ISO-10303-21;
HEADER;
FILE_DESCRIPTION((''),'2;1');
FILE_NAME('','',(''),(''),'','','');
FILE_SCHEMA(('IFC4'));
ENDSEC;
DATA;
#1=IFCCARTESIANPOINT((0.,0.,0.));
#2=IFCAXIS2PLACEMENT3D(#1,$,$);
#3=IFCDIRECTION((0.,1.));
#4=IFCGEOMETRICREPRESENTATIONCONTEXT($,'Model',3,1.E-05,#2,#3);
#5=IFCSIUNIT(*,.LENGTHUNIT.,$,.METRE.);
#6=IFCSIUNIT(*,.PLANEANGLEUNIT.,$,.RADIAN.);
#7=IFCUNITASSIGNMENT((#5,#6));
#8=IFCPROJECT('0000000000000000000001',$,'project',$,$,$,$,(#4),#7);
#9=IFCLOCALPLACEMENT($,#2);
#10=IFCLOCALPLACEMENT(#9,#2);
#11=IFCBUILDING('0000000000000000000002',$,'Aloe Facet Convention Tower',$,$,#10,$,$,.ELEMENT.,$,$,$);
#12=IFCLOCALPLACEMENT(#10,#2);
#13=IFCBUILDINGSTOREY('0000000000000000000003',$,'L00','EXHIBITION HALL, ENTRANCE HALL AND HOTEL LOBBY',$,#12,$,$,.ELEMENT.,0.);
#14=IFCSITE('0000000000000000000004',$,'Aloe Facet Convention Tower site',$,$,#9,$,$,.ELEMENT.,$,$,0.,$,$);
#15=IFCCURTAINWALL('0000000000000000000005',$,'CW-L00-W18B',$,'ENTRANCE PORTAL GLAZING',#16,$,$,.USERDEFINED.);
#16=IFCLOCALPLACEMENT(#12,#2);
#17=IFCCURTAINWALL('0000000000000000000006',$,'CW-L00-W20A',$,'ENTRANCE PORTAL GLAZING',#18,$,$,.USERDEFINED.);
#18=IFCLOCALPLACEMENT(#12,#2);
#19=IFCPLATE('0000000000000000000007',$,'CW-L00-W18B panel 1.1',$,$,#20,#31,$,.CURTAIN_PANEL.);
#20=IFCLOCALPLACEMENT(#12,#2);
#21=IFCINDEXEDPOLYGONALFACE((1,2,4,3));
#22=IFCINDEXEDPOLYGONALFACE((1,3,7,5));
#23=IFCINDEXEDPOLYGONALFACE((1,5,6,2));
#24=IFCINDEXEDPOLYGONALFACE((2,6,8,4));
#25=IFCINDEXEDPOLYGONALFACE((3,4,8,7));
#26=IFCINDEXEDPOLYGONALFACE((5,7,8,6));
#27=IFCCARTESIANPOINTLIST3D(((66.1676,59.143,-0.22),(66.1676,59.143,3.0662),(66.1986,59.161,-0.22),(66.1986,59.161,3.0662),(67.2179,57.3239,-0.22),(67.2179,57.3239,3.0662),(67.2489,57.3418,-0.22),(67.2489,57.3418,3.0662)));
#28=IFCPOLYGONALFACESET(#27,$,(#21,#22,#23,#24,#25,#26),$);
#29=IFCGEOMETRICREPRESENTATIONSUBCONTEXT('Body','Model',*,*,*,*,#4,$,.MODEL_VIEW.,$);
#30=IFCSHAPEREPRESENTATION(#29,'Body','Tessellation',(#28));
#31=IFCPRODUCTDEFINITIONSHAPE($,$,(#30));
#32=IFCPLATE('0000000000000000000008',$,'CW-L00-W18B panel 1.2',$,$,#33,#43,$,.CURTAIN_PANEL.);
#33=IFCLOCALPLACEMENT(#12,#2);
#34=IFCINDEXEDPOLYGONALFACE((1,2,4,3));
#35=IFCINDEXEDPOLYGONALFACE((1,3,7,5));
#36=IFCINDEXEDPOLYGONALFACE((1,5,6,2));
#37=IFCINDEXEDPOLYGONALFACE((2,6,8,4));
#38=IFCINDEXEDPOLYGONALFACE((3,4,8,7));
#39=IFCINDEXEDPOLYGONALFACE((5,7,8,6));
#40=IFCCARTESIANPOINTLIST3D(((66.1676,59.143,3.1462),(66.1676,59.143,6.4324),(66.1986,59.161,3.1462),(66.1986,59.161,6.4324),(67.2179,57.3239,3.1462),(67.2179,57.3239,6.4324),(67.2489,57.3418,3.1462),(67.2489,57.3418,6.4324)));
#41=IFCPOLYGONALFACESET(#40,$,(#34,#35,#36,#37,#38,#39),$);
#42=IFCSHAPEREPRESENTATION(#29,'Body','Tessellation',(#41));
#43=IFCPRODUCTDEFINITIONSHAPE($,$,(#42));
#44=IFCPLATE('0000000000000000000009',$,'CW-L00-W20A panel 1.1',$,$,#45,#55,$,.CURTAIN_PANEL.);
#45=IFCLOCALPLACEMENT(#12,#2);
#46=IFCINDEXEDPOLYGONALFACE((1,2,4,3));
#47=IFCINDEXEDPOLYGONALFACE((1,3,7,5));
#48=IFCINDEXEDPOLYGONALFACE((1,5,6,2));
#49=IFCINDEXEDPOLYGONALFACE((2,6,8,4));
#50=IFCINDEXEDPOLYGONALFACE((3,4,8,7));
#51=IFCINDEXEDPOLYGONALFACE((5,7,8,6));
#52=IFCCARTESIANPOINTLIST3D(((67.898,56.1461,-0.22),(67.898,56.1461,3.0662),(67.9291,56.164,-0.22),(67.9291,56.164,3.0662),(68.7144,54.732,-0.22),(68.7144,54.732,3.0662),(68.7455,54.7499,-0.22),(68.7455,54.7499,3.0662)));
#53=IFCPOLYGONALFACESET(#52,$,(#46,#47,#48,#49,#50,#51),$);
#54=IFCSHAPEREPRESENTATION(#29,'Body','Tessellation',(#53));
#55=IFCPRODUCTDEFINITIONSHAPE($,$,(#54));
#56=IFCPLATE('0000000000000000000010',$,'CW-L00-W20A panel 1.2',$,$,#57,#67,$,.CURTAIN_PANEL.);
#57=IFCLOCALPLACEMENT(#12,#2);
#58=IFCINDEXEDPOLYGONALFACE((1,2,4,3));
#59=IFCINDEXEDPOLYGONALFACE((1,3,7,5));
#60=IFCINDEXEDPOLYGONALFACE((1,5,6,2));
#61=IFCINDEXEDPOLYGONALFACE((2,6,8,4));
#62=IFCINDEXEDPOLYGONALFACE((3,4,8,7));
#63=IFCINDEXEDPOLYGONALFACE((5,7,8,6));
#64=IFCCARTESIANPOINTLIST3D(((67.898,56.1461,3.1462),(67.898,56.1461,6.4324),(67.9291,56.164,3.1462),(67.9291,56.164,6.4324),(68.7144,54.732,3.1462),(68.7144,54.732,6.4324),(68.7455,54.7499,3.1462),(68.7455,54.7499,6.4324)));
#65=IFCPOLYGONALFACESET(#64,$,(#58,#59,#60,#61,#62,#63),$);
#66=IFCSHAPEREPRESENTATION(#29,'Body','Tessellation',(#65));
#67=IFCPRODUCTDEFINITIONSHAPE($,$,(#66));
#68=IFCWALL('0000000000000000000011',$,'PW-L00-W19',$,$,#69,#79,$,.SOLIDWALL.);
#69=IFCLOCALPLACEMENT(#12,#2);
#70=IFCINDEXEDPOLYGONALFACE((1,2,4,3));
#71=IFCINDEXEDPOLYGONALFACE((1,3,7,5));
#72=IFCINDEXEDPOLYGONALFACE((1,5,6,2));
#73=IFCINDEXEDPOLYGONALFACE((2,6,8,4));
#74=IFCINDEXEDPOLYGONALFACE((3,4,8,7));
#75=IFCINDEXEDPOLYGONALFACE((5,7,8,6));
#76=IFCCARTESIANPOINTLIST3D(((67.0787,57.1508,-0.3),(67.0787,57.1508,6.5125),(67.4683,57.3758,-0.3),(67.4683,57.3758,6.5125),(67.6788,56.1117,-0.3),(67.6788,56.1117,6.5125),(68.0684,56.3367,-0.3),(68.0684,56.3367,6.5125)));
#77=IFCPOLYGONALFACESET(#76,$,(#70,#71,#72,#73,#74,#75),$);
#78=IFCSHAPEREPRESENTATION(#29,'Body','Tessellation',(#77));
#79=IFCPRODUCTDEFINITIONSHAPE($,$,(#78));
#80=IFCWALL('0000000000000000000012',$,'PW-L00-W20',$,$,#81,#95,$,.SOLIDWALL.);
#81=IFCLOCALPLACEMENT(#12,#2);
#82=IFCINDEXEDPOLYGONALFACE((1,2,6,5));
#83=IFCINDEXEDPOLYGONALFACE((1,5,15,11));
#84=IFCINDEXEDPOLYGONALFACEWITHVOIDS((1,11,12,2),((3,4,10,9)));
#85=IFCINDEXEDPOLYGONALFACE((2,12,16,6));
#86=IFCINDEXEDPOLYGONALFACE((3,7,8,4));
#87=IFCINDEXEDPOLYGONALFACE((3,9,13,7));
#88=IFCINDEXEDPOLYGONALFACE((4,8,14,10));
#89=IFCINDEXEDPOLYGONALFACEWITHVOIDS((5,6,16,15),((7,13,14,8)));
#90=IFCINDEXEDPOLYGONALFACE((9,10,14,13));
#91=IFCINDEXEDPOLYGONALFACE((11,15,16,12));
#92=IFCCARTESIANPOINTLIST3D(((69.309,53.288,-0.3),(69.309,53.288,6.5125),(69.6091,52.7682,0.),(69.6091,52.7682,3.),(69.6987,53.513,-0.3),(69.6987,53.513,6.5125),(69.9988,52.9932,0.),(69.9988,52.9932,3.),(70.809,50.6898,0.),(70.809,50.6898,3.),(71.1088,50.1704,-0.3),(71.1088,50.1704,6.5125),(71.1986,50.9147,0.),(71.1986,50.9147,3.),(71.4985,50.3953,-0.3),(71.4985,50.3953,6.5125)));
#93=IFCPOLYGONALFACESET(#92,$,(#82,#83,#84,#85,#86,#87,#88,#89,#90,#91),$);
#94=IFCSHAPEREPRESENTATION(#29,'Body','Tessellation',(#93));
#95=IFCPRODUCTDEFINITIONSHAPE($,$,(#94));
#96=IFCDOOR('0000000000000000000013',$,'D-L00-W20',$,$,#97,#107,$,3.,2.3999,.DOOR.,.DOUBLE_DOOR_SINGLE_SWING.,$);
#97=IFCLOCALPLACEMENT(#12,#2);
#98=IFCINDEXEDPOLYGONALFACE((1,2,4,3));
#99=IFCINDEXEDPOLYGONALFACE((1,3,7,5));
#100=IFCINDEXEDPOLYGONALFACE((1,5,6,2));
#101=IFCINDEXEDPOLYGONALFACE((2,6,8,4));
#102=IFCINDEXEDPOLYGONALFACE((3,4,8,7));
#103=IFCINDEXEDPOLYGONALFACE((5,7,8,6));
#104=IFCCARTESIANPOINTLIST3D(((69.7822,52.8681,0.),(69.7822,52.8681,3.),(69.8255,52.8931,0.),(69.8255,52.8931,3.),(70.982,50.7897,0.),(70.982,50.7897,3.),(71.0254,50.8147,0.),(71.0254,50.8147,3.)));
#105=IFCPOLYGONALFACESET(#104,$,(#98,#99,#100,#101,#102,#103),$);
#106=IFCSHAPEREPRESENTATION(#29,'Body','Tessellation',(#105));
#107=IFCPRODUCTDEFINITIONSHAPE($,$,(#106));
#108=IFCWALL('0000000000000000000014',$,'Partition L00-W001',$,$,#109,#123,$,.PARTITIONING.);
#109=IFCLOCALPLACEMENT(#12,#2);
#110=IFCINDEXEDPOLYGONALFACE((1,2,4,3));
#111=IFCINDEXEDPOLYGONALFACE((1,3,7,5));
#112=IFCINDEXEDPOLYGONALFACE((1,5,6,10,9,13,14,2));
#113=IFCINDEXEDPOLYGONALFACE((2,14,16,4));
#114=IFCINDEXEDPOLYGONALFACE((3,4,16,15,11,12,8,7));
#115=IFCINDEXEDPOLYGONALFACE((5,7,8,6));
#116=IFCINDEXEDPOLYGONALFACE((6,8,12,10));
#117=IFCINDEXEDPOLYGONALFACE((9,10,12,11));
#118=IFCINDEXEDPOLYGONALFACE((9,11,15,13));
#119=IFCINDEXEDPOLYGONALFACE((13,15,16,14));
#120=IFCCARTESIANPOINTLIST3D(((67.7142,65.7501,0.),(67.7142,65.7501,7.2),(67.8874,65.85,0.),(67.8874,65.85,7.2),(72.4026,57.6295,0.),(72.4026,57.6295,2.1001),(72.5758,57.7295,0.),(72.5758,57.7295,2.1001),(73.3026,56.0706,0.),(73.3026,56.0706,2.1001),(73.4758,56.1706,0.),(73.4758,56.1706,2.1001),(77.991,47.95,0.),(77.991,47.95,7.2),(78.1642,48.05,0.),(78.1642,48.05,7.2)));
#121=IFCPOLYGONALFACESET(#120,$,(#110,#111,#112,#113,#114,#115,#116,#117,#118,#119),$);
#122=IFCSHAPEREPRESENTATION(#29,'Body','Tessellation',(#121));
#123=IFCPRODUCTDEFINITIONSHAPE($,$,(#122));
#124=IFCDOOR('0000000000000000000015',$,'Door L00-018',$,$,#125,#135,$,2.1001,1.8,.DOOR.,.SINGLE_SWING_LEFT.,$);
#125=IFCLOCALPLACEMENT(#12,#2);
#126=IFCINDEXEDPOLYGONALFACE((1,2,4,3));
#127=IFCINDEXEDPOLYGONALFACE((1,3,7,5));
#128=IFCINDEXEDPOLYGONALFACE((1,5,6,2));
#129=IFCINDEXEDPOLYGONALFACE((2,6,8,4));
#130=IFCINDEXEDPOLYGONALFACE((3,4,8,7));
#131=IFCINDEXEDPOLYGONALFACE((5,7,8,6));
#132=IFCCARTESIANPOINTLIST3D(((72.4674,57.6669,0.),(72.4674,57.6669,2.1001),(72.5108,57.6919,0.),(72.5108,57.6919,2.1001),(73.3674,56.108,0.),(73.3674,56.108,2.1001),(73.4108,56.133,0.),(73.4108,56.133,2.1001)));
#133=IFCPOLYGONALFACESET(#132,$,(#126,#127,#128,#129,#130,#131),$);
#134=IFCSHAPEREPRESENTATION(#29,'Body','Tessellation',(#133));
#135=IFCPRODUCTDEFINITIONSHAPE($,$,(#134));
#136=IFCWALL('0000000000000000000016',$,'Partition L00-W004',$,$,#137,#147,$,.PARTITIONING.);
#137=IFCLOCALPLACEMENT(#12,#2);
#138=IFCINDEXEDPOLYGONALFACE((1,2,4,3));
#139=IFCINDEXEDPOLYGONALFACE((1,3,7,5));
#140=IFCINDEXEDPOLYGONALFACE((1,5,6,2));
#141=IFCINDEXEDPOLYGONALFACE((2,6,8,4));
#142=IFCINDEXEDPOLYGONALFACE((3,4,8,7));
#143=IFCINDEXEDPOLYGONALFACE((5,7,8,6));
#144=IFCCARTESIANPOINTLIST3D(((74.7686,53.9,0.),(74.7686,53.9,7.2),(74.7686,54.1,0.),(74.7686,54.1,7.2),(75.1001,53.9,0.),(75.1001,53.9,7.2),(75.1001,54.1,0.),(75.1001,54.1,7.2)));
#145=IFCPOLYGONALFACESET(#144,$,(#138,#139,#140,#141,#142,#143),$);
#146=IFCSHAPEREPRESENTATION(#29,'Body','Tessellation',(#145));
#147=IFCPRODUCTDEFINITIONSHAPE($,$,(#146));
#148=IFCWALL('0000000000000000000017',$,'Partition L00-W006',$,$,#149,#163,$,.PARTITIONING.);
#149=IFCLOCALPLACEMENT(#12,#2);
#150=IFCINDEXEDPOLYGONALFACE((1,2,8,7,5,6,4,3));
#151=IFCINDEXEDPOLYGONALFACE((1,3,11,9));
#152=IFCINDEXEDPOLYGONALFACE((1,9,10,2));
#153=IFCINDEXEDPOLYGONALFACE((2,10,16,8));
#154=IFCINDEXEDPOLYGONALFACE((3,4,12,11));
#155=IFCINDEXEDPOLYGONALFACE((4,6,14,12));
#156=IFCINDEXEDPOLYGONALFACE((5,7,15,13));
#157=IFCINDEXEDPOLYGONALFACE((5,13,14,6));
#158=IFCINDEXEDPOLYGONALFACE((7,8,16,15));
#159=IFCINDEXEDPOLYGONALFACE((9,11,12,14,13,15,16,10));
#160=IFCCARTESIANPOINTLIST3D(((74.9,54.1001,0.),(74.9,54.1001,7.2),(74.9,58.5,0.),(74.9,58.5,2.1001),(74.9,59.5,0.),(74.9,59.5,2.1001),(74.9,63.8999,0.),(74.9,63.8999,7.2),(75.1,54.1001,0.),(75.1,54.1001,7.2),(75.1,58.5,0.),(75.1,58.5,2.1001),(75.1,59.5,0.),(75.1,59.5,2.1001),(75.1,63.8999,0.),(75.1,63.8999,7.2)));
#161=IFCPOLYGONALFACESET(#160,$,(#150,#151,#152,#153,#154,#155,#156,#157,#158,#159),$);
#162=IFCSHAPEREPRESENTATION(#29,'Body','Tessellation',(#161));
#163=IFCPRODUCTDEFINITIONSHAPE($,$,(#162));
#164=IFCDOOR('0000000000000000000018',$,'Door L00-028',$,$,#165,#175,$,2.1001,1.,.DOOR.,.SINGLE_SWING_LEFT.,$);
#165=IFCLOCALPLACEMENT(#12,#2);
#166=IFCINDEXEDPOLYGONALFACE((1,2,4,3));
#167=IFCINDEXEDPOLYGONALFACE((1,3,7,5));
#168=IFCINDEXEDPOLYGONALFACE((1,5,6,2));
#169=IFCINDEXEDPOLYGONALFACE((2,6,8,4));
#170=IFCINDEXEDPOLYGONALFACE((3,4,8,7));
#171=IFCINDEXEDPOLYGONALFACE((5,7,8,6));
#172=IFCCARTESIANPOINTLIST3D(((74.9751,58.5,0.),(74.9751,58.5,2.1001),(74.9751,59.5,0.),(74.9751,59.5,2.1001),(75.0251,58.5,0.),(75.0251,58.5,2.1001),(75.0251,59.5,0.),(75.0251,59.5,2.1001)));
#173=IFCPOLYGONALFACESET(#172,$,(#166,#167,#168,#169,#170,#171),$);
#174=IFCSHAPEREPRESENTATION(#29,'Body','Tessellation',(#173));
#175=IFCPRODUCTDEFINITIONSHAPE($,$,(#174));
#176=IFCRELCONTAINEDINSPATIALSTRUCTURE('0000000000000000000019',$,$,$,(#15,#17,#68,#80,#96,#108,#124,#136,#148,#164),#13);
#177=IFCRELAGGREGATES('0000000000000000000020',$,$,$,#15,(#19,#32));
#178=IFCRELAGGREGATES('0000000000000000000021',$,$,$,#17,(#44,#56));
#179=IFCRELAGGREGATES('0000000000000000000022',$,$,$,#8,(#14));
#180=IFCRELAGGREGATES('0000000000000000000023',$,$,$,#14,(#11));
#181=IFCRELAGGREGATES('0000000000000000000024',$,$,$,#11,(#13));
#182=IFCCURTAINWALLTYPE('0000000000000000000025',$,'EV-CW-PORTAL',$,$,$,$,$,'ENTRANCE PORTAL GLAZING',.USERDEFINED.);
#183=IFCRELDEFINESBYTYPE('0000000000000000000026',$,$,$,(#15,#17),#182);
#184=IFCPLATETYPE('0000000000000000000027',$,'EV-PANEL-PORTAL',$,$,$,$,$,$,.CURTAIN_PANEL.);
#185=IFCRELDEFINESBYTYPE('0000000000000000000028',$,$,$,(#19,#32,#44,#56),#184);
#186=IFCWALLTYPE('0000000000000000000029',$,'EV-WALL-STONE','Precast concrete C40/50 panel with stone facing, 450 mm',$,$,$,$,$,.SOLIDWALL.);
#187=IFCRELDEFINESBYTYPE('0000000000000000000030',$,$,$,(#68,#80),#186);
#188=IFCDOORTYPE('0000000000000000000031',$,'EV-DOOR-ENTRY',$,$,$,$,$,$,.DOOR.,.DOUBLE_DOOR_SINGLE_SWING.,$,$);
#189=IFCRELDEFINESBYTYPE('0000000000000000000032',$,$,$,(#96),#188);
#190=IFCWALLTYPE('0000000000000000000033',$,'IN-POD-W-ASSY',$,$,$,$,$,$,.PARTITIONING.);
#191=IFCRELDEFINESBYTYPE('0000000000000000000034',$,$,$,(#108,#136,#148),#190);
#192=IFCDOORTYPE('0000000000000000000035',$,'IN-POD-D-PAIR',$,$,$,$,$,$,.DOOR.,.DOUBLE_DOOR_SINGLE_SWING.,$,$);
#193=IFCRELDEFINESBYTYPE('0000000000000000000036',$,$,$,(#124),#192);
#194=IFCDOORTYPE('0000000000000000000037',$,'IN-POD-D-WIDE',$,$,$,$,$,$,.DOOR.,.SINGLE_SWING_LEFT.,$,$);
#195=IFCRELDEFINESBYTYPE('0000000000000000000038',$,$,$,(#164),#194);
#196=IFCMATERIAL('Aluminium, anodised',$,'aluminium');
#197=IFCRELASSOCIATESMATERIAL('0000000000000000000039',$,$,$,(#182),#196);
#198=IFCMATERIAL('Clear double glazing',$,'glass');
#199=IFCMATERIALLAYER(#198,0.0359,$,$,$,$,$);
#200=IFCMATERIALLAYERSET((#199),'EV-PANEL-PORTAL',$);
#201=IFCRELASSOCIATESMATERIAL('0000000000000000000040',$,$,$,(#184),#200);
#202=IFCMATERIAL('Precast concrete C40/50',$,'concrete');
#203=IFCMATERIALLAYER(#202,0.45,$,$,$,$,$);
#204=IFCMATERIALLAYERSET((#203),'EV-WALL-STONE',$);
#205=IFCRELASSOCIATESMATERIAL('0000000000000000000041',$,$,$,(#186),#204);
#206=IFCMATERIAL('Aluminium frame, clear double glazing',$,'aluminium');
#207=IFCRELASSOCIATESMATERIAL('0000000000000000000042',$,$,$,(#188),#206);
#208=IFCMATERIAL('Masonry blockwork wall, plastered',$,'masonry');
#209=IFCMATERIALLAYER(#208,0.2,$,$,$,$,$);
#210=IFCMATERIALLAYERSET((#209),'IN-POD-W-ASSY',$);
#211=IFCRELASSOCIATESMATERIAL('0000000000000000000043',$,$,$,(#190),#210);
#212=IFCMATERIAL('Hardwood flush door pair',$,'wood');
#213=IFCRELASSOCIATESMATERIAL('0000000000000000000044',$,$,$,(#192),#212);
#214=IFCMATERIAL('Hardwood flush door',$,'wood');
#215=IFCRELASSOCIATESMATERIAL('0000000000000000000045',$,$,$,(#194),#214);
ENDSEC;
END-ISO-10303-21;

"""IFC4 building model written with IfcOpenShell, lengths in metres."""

from ifc_helpers import new_model, si_unit, direction, frame, frame_2d, origin, origin_2d, place, context, subcontext, project, spatial, rectangle, extrude, material, layer, layer_set, type_object, element, fill, aggregate, save


model = new_model("IFC4")

# Units and contexts
model_context = context("Model", 3, precision=1e-05, world=origin(), true_north=direction((0.0, 1.0)))
body_context = subcontext(model_context, "Body", "Model", "MODEL_VIEW")
ifc_project = project(units=[si_unit("LENGTHUNIT", "METRE"), si_unit("PLANEANGLEUNIT", "RADIAN")], contexts=[model_context])

# Site, building, storey
site_placement = place(None, origin())
site = spatial("IfcSite", under=ifc_project, at=site_placement, Name="Aloe Facet Convention Tower site", CompositionType="ELEMENT", RefElevation=0.0)
building_placement = place(site_placement, origin())
building = spatial("IfcBuilding", under=site, at=building_placement, Name="Aloe Facet Convention Tower", CompositionType="ELEMENT")
storey_placement = place(building_placement, origin())
storey = spatial("IfcBuildingStorey", under=building, at=storey_placement, Name="L00", Description="EXHIBITION HALL, ENTRANCE HALL AND HOTEL LOBBY", CompositionType="ELEMENT", Elevation=0.0)

# Curtain wall
ifc_material_1 = material(Name="Aluminium, anodised", Category="aluminium")
curtain_wall_type = type_object("IfcCurtainWallType", Name="EV-CW-PORTAL", ElementType="ENTRANCE PORTAL GLAZING", PredefinedType="USERDEFINED", material=ifc_material_1)
curtain_wall_1_placement = place(storey_placement, origin())
curtain_wall_1 = element("IfcCurtainWall", 1, at=curtain_wall_1_placement, inside=storey, type_object=curtain_wall_type, Name="CW-L00-W18B", ObjectType="ENTRANCE PORTAL GLAZING", PredefinedType="USERDEFINED")

# Curtain wall
curtain_wall_2_placement = place(storey_placement, origin())
curtain_wall_2 = element("IfcCurtainWall", 2, at=curtain_wall_2_placement, inside=storey, type_object=curtain_wall_type, Name="CW-L00-W20A", ObjectType="ENTRANCE PORTAL GLAZING", PredefinedType="USERDEFINED")

# Plates
ifc_material_2 = material(Name="Clear double glazing", Category="glass")
ifc_layer_1 = layer(ifc_material_2, 0.0359)
ifc_layer_set_1 = layer_set([ifc_layer_1], Name="EV-PANEL-PORTAL")
plate_type = type_object("IfcPlateType", Name="EV-PANEL-PORTAL", PredefinedType="CURTAIN_PANEL", material=ifc_layer_set_1)
plate_1_placement = place(storey_placement, frame((66.7083, 58.2424, -0.22), z_axis=(0.0, 0.0, 1.0), x_axis=(0.5, -0.866025, 0.0)))
plate_1 = element("IfcPlate", 3, at=plate_1_placement, type_object=plate_type, Name="CW-L00-W18B panel 1.1", PredefinedType="CURTAIN_PANEL", context=body_context, shape_type="SweptSolid", body=[
    extrude(rectangle(XDim=2.1006, YDim=0.0359, at=origin_2d()), origin(), (0.0, 0.0, 1.0), 3.2861),
])
plate_2_placement = place(storey_placement, frame((66.7083, 58.2424, 3.1462), z_axis=(0.0, 0.0, 1.0), x_axis=(0.5, -0.866025, 0.0)))
plate_2 = element("IfcPlate", 4, at=plate_2_placement, type_object=plate_type, Name="CW-L00-W18B panel 1.2", PredefinedType="CURTAIN_PANEL", context=body_context, shape_type="SweptSolid", body=[
    extrude(rectangle(XDim=2.1006, YDim=0.0359, at=origin_2d()), origin(), (0.0, 0.0, 1.0), 3.2861),
])
aggregate(curtain_wall_1, [plate_1, plate_2])
plate_3_placement = place(storey_placement, frame((68.3218, 55.448, -0.22), z_axis=(0.0, 0.0, 1.0), x_axis=(0.5, -0.866025, 0.0)))
plate_3 = element("IfcPlate", 5, at=plate_3_placement, type_object=plate_type, Name="CW-L00-W20A panel 1.1", PredefinedType="CURTAIN_PANEL", context=body_context, shape_type="SweptSolid", body=[
    extrude(rectangle(XDim=1.6328, YDim=0.0359, at=origin_2d()), origin(), (0.0, 0.0, 1.0), 3.2861),
])
plate_4_placement = place(storey_placement, frame((68.3218, 55.448, 3.1462), z_axis=(0.0, 0.0, 1.0), x_axis=(0.5, -0.866025, 0.0)))
plate_4 = element("IfcPlate", 6, at=plate_4_placement, type_object=plate_type, Name="CW-L00-W20A panel 1.2", PredefinedType="CURTAIN_PANEL", context=body_context, shape_type="SweptSolid", body=[
    extrude(rectangle(XDim=1.6328, YDim=0.0359, at=origin_2d()), origin(), (0.0, 0.0, 1.0), 3.2861),
])
aggregate(curtain_wall_2, [plate_3, plate_4])

# Wall
ifc_material_3 = material(Name="Precast concrete C40/50", Category="concrete")
ifc_layer_2 = layer(ifc_material_3, 0.45)
ifc_layer_set_2 = layer_set([ifc_layer_2], Name="EV-WALL-STONE")
wall_type_1 = type_object("IfcWallType", Name="EV-WALL-STONE", Description="Precast concrete C40/50 panel with stone facing, 450 mm", PredefinedType="SOLIDWALL", material=ifc_layer_set_2)
wall_1_placement = place(storey_placement, frame((67.2734, 57.2634, -0.3), z_axis=(0.0, 0.0, 1.0), x_axis=(0.500122, -0.865955, 0.0)))
element("IfcWall", 7, at=wall_1_placement, inside=storey, type_object=wall_type_1, Name="PW-L00-W19", PredefinedType="SOLIDWALL", context=body_context, shape_type="SweptSolid", body=[
    extrude(rectangle(XDim=1.2, YDim=0.45, at=frame_2d((0.6001, 0.0))), origin(), (0.0, 0.0, 1.0), 6.8125),
])

# Walls, openings, doors
wall_2_placement = place(storey_placement, frame((69.5039, 53.4004, -0.3), z_axis=(0.0, 0.0, 1.0), x_axis=(0.499961, -0.866048, 0.0)))
wall_2 = element("IfcWall", 8, at=wall_2_placement, inside=storey, type_object=wall_type_1, Name="PW-L00-W20", PredefinedType="SOLIDWALL", context=body_context, shape_type="SweptSolid", body=[
    extrude(rectangle(XDim=3.5999, YDim=0.45, at=frame_2d((1.7998, 0.0))), origin(), (0.0, 0.0, 1.0), 6.8125),
])
opening_1_placement = place(wall_2_placement, frame((0.6001, 0.0, 0.3)))
opening_1 = element("IfcOpeningElement", 9, at=opening_1_placement, cuts=wall_2, PredefinedType="OPENING", context=body_context, shape_type="SweptSolid", body=[
    extrude(rectangle(XDim=2.3999, YDim=3.0, at=frame_2d((1.2, 1.5))), frame((0.0, 0.2349, 0.0), z_axis=(0.0, -1.0, 0.0), x_axis=(1.0, 0.0, 0.0)), (0.0, 0.0, 1.0), 0.47),
])
ifc_material_4 = material(Name="Aluminium frame, clear double glazing", Category="aluminium")
door_type_1 = type_object("IfcDoorType", Name="EV-DOOR-ENTRY", OperationType="DOUBLE_DOOR_SINGLE_SWING", PredefinedType="DOOR", material=ifc_material_4)
door_1_placement = place(opening_1_placement, origin())
door_1 = element("IfcDoor", 10, at=door_1_placement, inside=storey, type_object=door_type_1, Name="D-L00-W20", OperationType="DOUBLE_DOOR_SINGLE_SWING", OverallHeight=3.0, OverallWidth=2.3999, PredefinedType="DOOR", context=body_context, shape_type="SweptSolid", body=[
    extrude(rectangle(XDim=2.3999, YDim=3.0, at=frame_2d((1.2, 1.5))), frame((0.0, 0.0249, 0.0), z_axis=(0.0, -1.0, 0.0), x_axis=(1.0, 0.0, 0.0)), (0.0, 0.0, 1.0), 0.05),
])
fill(opening_1, door_1)
ifc_material_5 = material(Name="Masonry blockwork wall, plastered", Category="masonry")
ifc_layer_3 = layer(ifc_material_5, 0.2)
ifc_layer_set_3 = layer_set([ifc_layer_3], Name="IN-POD-W-ASSY")
wall_type_2 = type_object("IfcWallType", Name="IN-POD-W-ASSY", PredefinedType="PARTITIONING", material=ifc_layer_set_3)
wall_3_placement = place(storey_placement, frame((67.8008, 65.8, 0.0), z_axis=(0.0, 0.0, 1.0), x_axis=(0.5, -0.866026, 0.0)))
wall_3 = element("IfcWall", 11, at=wall_3_placement, inside=storey, type_object=wall_type_2, Name="Partition L00-W001", PredefinedType="PARTITIONING", context=body_context, shape_type="SweptSolid", body=[
    extrude(rectangle(XDim=20.5537, YDim=0.2, at=frame_2d((10.2769, 0.0))), origin(), (0.0, 0.0, 1.0), 7.2),
])
opening_2_placement = place(wall_3_placement, frame((9.377, 0.0, 0.0)))
opening_2 = element("IfcOpeningElement", 12, at=opening_2_placement, cuts=wall_3, PredefinedType="OPENING", context=body_context, shape_type="SweptSolid", body=[
    extrude(rectangle(XDim=1.8, YDim=2.1001, at=frame_2d((0.8999, 1.05))), frame((0.0, 0.1099, 0.0), z_axis=(0.0, -1.0, 0.0), x_axis=(1.0, 0.0, 0.0)), (0.0, 0.0, 1.0), 0.22),
])
ifc_material_6 = material(Name="Hardwood flush door pair", Category="wood")
door_type_2 = type_object("IfcDoorType", Name="IN-POD-D-PAIR", OperationType="DOUBLE_DOOR_SINGLE_SWING", PredefinedType="DOOR", material=ifc_material_6)
door_2_placement = place(opening_2_placement, origin())
door_2 = element("IfcDoor", 13, at=door_2_placement, inside=storey, type_object=door_type_2, Name="Door L00-018", OperationType="SINGLE_SWING_LEFT", OverallHeight=2.1001, OverallWidth=1.8, PredefinedType="DOOR", context=body_context, shape_type="SweptSolid", body=[
    extrude(rectangle(XDim=1.8, YDim=2.1001, at=frame_2d((0.8999, 1.05))), frame((0.0, 0.0249, 0.0), z_axis=(0.0, -1.0, 0.0), x_axis=(1.0, 0.0, 0.0)), (0.0, 0.0, 1.0), 0.05),
])
fill(opening_2, door_2)

# Wall
wall_4_placement = place(storey_placement, frame((74.7686, 54.0, 0.0), z_axis=(0.0, 0.0, 1.0), x_axis=(1.0, 0.0, 0.0)))
element("IfcWall", 14, at=wall_4_placement, inside=storey, type_object=wall_type_2, Name="Partition L00-W004", PredefinedType="PARTITIONING", context=body_context, shape_type="SweptSolid", body=[
    extrude(rectangle(XDim=0.3315, YDim=0.2, at=frame_2d((0.1658, 0.0))), origin(), (0.0, 0.0, 1.0), 7.2),
])

# Wall, opening, door
wall_5_placement = place(storey_placement, frame((75.0, 54.1001, 0.0), z_axis=(0.0, 0.0, 1.0), x_axis=(0.0, 1.0, 0.0)))
wall_5 = element("IfcWall", 15, at=wall_5_placement, inside=storey, type_object=wall_type_2, Name="Partition L00-W006", PredefinedType="PARTITIONING", context=body_context, shape_type="SweptSolid", body=[
    extrude(rectangle(XDim=9.7998, YDim=0.2, at=frame_2d((4.8999, 0.0))), origin(), (0.0, 0.0, 1.0), 7.2),
])
opening_3_placement = place(wall_5_placement, frame((4.3999, 0.0, 0.0)))
opening_3 = element("IfcOpeningElement", 16, at=opening_3_placement, cuts=wall_5, PredefinedType="OPENING", context=body_context, shape_type="SweptSolid", body=[
    extrude(rectangle(XDim=1.0, YDim=2.1001, at=frame_2d((0.5, 1.05))), frame((0.0, 0.1099, 0.0), z_axis=(0.0, -1.0, 0.0), x_axis=(1.0, 0.0, 0.0)), (0.0, 0.0, 1.0), 0.22),
])
ifc_material_7 = material(Name="Hardwood flush door", Category="wood")
door_type_3 = type_object("IfcDoorType", Name="IN-POD-D-WIDE", OperationType="SINGLE_SWING_LEFT", PredefinedType="DOOR", material=ifc_material_7)
door_3_placement = place(opening_3_placement, origin())
door_3 = element("IfcDoor", 17, at=door_3_placement, inside=storey, type_object=door_type_3, Name="Door L00-028", OperationType="SINGLE_SWING_LEFT", OverallHeight=2.1001, OverallWidth=1.0, PredefinedType="DOOR", context=body_context, shape_type="SweptSolid", body=[
    extrude(rectangle(XDim=1.0, YDim=2.1001, at=frame_2d((0.5, 1.05))), frame((0.0, 0.0249, 0.0), z_axis=(0.0, -1.0, 0.0), x_axis=(1.0, 0.0, 0.0)), (0.0, 0.0, 1.0), 0.05),
])
fill(opening_3, door_3)

save(model, "model.ifc")
